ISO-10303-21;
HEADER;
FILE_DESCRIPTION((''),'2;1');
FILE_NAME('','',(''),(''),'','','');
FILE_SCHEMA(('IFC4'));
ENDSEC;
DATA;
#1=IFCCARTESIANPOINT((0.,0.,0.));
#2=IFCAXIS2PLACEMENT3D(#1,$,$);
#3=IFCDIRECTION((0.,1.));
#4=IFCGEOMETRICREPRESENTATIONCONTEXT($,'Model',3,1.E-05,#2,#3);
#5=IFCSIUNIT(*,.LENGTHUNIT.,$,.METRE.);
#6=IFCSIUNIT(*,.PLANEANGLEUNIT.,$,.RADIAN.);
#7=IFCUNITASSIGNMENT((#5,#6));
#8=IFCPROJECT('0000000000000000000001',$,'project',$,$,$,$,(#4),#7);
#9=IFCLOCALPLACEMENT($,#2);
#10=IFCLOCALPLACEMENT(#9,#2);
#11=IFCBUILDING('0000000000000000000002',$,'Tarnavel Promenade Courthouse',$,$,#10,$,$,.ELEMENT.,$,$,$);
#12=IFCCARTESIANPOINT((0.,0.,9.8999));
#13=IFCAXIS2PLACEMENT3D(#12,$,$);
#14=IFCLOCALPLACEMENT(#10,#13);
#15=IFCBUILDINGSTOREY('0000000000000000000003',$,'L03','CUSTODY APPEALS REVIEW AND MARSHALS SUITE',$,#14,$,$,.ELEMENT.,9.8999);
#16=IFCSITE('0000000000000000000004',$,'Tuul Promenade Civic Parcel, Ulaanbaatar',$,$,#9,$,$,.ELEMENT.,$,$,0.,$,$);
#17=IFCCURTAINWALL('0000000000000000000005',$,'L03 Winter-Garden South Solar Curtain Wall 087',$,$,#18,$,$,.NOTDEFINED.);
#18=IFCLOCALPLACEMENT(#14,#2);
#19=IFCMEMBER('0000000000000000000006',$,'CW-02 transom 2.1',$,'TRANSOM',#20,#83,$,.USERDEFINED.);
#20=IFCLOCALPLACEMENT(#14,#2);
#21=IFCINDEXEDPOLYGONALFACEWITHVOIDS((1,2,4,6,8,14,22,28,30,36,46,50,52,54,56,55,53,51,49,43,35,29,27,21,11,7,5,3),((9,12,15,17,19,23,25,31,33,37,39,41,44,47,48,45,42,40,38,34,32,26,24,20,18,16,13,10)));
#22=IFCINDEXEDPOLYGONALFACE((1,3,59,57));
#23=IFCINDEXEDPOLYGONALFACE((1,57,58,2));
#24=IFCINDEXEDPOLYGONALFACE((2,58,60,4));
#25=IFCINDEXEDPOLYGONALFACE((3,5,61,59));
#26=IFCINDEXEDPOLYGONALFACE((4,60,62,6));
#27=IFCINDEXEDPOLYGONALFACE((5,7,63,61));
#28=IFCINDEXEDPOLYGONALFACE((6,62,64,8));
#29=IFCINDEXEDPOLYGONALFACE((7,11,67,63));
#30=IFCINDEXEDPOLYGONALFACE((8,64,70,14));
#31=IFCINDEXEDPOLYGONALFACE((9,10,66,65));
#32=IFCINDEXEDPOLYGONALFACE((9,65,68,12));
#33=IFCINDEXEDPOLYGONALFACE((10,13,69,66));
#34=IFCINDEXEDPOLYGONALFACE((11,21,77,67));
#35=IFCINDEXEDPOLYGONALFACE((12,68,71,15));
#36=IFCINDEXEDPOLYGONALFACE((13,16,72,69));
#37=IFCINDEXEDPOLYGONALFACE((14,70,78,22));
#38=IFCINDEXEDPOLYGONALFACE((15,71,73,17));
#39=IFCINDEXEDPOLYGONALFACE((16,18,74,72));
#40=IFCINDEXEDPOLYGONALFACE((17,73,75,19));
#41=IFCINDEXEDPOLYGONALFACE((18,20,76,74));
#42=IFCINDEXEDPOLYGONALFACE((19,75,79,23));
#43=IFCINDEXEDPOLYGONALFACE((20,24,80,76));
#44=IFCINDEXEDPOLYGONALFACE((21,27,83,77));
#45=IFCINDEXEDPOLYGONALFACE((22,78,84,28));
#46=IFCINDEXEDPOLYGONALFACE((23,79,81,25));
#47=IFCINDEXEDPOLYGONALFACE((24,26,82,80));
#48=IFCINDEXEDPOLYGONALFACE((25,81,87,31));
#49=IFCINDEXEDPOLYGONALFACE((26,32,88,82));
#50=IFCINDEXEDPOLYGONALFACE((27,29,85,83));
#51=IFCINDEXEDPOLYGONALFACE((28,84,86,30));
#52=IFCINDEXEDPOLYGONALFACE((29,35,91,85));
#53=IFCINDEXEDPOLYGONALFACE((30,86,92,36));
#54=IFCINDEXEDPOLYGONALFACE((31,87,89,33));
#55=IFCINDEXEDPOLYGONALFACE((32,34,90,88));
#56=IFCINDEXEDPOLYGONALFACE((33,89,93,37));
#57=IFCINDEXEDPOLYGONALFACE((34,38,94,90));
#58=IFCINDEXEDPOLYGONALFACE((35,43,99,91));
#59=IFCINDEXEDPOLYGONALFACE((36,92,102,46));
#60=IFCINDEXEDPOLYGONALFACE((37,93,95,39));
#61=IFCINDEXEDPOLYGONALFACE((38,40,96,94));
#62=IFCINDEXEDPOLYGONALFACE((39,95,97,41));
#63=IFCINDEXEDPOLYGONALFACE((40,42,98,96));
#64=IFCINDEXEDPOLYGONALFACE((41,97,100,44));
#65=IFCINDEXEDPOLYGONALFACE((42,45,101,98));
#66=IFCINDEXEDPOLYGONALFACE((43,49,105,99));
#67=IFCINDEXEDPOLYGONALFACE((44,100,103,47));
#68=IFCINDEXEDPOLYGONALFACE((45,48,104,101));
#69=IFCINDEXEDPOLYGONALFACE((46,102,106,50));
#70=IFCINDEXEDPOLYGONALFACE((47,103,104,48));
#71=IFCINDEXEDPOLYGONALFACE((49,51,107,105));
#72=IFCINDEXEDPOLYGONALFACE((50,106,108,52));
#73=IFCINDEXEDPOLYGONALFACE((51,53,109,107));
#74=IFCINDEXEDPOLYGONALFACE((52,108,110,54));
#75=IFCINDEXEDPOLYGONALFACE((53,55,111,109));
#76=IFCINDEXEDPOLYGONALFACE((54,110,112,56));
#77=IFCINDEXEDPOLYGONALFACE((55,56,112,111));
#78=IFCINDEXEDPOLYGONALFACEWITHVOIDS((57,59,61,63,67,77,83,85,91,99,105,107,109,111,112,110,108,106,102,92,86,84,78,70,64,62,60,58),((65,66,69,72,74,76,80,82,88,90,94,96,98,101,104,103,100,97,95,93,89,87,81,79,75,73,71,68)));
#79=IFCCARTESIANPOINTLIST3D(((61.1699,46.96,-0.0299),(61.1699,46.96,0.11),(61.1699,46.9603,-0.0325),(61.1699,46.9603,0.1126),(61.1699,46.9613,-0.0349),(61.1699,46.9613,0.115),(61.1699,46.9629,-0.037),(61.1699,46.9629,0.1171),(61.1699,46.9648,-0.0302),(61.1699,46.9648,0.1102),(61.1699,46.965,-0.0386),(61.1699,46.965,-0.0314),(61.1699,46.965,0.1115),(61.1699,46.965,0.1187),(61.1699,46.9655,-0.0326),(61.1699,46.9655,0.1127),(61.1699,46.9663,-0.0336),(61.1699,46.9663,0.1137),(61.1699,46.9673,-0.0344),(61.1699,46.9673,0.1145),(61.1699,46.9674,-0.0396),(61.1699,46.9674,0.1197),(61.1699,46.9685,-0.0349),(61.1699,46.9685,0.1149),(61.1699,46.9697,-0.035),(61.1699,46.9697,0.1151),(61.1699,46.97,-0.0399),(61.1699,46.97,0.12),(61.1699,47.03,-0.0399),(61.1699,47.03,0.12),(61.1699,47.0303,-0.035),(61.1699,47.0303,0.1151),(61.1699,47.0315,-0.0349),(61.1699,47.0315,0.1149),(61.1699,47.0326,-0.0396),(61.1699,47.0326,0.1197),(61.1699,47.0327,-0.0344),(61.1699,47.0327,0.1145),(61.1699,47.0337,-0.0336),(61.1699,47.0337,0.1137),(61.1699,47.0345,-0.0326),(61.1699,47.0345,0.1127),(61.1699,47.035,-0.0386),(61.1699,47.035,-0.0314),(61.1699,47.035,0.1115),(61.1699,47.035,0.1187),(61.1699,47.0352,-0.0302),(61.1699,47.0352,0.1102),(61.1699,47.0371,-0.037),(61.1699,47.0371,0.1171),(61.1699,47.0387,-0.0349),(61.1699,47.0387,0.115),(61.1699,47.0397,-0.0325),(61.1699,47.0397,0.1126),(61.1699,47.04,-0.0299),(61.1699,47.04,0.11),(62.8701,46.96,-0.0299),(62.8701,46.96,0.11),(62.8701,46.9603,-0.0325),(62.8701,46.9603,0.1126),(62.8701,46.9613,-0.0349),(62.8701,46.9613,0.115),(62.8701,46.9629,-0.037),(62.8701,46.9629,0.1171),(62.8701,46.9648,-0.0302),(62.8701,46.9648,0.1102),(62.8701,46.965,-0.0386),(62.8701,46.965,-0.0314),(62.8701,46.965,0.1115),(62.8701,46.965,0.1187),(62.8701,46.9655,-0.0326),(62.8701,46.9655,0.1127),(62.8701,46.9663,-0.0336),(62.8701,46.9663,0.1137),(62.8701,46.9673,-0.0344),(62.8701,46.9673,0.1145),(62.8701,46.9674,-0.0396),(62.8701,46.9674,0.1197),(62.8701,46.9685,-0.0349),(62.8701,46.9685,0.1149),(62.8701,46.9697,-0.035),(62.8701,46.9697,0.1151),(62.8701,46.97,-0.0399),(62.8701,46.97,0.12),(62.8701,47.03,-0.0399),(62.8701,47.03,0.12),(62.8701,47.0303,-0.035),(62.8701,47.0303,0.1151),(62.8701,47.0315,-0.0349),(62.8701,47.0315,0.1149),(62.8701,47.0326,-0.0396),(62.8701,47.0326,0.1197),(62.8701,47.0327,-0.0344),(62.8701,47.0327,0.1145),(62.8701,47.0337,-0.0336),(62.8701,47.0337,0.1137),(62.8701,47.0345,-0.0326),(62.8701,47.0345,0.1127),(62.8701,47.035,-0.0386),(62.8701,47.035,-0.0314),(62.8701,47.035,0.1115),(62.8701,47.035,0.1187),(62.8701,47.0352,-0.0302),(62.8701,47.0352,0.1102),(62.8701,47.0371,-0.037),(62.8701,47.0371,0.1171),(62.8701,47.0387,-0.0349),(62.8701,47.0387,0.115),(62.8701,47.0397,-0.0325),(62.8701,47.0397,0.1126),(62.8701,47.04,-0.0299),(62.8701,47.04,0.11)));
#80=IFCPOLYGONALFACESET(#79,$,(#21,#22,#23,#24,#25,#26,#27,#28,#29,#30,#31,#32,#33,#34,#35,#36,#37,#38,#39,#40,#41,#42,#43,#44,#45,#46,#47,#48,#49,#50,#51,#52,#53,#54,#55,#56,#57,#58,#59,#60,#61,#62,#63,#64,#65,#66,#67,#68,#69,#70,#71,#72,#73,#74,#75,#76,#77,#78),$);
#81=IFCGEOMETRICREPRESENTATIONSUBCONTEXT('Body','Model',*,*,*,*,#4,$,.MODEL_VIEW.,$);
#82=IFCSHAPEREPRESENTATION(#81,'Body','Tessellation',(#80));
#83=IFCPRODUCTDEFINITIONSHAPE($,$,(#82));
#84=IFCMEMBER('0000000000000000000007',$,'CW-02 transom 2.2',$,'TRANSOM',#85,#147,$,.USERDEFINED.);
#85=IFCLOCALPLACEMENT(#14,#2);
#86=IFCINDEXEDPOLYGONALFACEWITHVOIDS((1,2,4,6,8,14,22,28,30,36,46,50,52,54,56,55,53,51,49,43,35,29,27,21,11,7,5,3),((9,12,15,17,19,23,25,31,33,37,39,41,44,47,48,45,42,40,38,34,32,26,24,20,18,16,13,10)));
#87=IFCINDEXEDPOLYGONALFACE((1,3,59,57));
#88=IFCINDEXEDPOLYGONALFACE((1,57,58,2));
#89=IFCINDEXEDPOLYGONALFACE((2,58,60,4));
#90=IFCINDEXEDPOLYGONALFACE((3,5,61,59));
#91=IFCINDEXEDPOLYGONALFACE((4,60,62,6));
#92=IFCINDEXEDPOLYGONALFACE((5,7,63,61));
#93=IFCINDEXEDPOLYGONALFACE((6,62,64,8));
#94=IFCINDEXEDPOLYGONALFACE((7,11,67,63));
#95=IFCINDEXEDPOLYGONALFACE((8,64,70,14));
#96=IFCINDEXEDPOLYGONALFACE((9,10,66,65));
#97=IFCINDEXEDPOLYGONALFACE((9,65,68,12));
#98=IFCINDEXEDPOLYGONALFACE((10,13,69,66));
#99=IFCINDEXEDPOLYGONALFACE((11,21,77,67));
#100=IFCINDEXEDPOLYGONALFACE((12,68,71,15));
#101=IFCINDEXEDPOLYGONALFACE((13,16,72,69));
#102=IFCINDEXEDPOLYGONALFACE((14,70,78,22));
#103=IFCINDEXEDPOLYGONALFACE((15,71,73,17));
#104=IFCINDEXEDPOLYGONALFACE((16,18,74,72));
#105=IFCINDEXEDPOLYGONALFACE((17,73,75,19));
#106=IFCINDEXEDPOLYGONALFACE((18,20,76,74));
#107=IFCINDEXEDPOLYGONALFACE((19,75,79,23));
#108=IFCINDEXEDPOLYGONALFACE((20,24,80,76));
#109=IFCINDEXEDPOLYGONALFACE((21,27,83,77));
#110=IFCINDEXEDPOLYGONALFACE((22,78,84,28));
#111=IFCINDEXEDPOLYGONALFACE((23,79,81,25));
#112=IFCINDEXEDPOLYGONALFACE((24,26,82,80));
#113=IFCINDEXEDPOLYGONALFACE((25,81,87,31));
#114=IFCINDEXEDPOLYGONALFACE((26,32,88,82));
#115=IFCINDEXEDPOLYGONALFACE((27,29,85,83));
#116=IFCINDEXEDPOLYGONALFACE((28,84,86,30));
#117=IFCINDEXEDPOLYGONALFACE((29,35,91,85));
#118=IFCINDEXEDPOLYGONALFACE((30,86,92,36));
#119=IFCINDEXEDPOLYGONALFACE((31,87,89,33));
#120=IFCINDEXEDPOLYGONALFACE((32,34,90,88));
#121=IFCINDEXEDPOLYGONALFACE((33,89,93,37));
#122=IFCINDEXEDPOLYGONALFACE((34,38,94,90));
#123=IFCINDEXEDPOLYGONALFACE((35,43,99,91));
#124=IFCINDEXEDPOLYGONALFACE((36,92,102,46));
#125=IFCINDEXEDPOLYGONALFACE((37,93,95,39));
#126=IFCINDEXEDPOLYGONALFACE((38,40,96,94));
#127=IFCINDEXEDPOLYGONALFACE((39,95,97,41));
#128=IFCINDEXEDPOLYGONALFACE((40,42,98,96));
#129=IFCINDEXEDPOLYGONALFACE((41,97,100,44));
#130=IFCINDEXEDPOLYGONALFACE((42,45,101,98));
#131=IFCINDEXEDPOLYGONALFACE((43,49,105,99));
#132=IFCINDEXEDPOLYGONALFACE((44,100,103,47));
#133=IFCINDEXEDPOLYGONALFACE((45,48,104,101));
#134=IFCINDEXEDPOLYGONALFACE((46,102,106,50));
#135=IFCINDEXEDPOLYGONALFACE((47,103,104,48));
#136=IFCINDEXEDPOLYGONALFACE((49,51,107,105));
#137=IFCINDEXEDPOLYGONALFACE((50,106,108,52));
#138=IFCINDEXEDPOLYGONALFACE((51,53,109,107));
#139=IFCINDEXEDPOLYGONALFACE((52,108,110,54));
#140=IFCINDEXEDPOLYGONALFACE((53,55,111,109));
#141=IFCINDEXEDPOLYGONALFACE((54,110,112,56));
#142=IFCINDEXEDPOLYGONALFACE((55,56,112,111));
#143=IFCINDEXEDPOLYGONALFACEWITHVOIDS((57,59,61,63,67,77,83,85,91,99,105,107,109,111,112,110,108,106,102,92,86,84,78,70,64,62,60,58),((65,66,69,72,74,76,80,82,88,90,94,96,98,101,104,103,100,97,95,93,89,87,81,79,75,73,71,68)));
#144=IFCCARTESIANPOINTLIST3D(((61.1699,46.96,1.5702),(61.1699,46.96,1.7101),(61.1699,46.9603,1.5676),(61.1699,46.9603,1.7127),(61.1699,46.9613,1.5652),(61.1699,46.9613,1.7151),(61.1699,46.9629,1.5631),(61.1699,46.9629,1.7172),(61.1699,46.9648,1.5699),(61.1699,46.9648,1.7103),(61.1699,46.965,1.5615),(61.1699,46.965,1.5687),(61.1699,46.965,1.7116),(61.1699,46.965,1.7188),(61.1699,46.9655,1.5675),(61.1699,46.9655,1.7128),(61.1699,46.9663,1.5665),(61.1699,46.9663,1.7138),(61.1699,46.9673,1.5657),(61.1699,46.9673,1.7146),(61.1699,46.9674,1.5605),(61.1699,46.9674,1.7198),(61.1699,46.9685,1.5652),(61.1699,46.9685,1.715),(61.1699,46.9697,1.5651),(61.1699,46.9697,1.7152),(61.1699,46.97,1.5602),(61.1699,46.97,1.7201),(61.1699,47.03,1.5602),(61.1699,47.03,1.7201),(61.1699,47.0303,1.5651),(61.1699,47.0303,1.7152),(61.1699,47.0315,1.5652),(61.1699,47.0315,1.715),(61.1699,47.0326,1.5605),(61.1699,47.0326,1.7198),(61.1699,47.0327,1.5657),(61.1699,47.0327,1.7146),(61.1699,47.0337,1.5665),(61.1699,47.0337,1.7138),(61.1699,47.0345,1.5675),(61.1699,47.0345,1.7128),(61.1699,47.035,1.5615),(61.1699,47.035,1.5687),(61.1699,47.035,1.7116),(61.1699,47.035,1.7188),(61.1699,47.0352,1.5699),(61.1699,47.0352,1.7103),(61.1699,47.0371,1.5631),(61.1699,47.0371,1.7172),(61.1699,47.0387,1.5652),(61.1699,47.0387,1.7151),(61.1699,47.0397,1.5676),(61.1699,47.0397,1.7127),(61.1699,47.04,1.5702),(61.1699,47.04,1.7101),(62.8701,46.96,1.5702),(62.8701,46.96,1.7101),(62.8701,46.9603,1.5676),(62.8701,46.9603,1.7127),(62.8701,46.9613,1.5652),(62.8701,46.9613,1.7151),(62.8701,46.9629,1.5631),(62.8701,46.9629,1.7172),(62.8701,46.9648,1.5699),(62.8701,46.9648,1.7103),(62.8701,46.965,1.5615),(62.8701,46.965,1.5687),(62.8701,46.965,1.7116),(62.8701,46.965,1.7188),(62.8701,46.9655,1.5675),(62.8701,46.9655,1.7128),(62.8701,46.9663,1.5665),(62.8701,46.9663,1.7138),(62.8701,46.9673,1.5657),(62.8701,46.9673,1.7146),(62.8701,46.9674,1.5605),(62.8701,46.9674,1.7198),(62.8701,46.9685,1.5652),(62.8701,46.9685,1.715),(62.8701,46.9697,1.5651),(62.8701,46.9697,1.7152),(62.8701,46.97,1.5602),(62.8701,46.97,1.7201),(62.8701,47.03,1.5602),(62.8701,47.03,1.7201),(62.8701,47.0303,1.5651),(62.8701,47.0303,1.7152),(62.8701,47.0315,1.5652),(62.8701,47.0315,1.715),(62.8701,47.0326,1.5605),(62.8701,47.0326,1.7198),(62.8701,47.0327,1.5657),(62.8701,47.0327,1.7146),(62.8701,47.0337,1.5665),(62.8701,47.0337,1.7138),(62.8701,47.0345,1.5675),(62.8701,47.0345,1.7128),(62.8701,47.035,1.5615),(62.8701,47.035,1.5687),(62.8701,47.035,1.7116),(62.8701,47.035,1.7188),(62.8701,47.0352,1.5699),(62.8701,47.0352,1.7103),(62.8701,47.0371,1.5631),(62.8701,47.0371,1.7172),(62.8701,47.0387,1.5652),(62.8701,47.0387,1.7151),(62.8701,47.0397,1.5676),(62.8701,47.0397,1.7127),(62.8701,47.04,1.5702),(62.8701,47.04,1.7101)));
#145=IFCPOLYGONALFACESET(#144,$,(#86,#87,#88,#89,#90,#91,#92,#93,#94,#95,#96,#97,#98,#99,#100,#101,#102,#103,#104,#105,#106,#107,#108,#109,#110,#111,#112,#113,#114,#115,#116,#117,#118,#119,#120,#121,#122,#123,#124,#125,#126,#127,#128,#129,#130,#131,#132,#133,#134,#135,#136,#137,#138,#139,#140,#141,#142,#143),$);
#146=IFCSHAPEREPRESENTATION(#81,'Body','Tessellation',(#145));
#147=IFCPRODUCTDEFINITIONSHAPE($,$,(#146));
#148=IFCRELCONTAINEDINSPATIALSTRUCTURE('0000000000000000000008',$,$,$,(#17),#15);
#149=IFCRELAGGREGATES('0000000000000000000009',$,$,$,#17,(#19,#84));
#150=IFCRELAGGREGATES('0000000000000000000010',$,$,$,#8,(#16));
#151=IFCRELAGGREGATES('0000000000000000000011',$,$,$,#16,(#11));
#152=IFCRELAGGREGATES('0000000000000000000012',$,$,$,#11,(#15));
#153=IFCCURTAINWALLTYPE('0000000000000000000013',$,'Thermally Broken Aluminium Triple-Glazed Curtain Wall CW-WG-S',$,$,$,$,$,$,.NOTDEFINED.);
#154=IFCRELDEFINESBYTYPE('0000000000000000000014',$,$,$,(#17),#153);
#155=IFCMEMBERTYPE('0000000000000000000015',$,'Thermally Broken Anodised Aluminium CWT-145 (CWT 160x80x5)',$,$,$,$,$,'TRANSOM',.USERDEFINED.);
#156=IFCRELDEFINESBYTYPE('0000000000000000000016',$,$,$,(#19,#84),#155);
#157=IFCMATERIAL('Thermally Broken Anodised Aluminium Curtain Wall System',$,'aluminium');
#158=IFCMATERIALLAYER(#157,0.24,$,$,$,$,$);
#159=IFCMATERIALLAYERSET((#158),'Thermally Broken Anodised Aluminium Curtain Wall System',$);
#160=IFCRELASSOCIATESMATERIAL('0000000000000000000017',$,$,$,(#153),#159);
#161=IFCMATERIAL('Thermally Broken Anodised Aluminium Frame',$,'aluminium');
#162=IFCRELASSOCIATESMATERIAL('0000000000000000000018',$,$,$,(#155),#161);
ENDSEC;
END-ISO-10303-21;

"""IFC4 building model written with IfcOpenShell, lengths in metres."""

from ifc_helpers import new_model, si_unit, direction, frame, origin, origin_2d, place, context, subcontext, project, spatial, hollow_rectangle, extrude, material, layer, layer_set, material_profile, profile_set, type_object, element, aggregate, save


model = new_model("IFC4")

# Units and contexts
model_context = context("Model", 3, precision=1e-05, world=origin(), true_north=direction((0.0, 1.0)))
body_context = subcontext(model_context, "Body", "Model", "MODEL_VIEW")
ifc_project = project(units=[si_unit("LENGTHUNIT", "METRE"), si_unit("PLANEANGLEUNIT", "RADIAN")], contexts=[model_context])

# Site, building, storey
site_placement = place(None, origin())
site = spatial("IfcSite", under=ifc_project, at=site_placement, Name="Tuul Promenade Civic Parcel, Ulaanbaatar", CompositionType="ELEMENT", RefElevation=0.0)
building_placement = place(site_placement, origin())
building = spatial("IfcBuilding", under=site, at=building_placement, Name="Tarnavel Promenade Courthouse", CompositionType="ELEMENT")
storey_placement = place(building_placement, frame((0.0, 0.0, 9.8999)))
storey = spatial("IfcBuildingStorey", under=building, at=storey_placement, Name="L03", Description="CUSTODY APPEALS REVIEW AND MARSHALS SUITE", CompositionType="ELEMENT", Elevation=9.8999)

# Shared definitions
ifc_material_1 = material(Name="Thermally Broken Anodised Aluminium Curtain Wall System", Category="aluminium")
ifc_layer_1 = layer(ifc_material_1, 0.24)
ifc_layer_set_1 = layer_set([ifc_layer_1], Name="Thermally Broken Anodised Aluminium Curtain Wall System")
curtain_wall_type = type_object("IfcCurtainWallType", Name="Thermally Broken Aluminium Triple-Glazed Curtain Wall CW-WG-S", PredefinedType="NOTDEFINED", material=ifc_layer_set_1)
ifc_material_2 = material(Name="Thermally Broken Anodised Aluminium Frame", Category="aluminium")

# Curtain wall
curtain_wall_1_placement = place(storey_placement, origin())
curtain_wall_1 = element("IfcCurtainWall", 1, at=curtain_wall_1_placement, inside=storey, type_object=curtain_wall_type, Name="L03 Winter-Garden South Solar Curtain Wall 087", PredefinedType="NOTDEFINED")

# Members
ifc_material_profile_1 = material_profile(ifc_material_2, hollow_rectangle(XDim=0.0801, YDim=0.1599, WallThickness=0.0049, InnerFilletRadius=0.0049, OuterFilletRadius=0.01, at=origin_2d()), Name="CWT 160x80x5")
ifc_profile_set_1 = profile_set([ifc_material_profile_1], Name="Thermally Broken Anodised Aluminium Frame")
member_type_1 = type_object("IfcMemberType", Name="Thermally Broken Anodised Aluminium CWT-145 (CWT 160x80x5)", ElementType="TRANSOM", PredefinedType="USERDEFINED", material=ifc_profile_set_1)
member_1_placement = place(storey_placement, frame((61.1699, 47.0, 0.04), z_axis=(1.0, 0.0, 0.0), x_axis=(0.0, 1.0, 0.0)))
member_1 = element("IfcMember", 2, at=member_1_placement, type_object=member_type_1, Name="CW-02 transom 2.1", ObjectType="TRANSOM", PredefinedType="USERDEFINED", context=body_context, shape_type="SweptSolid", body=[
    extrude(hollow_rectangle(XDim=0.0801, YDim=0.1599, WallThickness=0.0049, InnerFilletRadius=0.0049, OuterFilletRadius=0.01, at=origin_2d()), origin(), (0.0, 0.0, 1.0), 1.7002),
])
member_2_placement = place(storey_placement, frame((61.1699, 47.0, 1.6401), z_axis=(1.0, 0.0, 0.0), x_axis=(0.0, 1.0, 0.0)))
member_2 = element("IfcMember", 3, at=member_2_placement, type_object=member_type_1, Name="CW-02 transom 2.2", ObjectType="TRANSOM", PredefinedType="USERDEFINED", context=body_context, shape_type="SweptSolid", body=[
    extrude(hollow_rectangle(XDim=0.0801, YDim=0.1599, WallThickness=0.0049, InnerFilletRadius=0.0049, OuterFilletRadius=0.01, at=origin_2d()), origin(), (0.0, 0.0, 1.0), 1.7002),
])

aggregate(curtain_wall_1, [member_1, member_2])

save(model, "model.ifc")
